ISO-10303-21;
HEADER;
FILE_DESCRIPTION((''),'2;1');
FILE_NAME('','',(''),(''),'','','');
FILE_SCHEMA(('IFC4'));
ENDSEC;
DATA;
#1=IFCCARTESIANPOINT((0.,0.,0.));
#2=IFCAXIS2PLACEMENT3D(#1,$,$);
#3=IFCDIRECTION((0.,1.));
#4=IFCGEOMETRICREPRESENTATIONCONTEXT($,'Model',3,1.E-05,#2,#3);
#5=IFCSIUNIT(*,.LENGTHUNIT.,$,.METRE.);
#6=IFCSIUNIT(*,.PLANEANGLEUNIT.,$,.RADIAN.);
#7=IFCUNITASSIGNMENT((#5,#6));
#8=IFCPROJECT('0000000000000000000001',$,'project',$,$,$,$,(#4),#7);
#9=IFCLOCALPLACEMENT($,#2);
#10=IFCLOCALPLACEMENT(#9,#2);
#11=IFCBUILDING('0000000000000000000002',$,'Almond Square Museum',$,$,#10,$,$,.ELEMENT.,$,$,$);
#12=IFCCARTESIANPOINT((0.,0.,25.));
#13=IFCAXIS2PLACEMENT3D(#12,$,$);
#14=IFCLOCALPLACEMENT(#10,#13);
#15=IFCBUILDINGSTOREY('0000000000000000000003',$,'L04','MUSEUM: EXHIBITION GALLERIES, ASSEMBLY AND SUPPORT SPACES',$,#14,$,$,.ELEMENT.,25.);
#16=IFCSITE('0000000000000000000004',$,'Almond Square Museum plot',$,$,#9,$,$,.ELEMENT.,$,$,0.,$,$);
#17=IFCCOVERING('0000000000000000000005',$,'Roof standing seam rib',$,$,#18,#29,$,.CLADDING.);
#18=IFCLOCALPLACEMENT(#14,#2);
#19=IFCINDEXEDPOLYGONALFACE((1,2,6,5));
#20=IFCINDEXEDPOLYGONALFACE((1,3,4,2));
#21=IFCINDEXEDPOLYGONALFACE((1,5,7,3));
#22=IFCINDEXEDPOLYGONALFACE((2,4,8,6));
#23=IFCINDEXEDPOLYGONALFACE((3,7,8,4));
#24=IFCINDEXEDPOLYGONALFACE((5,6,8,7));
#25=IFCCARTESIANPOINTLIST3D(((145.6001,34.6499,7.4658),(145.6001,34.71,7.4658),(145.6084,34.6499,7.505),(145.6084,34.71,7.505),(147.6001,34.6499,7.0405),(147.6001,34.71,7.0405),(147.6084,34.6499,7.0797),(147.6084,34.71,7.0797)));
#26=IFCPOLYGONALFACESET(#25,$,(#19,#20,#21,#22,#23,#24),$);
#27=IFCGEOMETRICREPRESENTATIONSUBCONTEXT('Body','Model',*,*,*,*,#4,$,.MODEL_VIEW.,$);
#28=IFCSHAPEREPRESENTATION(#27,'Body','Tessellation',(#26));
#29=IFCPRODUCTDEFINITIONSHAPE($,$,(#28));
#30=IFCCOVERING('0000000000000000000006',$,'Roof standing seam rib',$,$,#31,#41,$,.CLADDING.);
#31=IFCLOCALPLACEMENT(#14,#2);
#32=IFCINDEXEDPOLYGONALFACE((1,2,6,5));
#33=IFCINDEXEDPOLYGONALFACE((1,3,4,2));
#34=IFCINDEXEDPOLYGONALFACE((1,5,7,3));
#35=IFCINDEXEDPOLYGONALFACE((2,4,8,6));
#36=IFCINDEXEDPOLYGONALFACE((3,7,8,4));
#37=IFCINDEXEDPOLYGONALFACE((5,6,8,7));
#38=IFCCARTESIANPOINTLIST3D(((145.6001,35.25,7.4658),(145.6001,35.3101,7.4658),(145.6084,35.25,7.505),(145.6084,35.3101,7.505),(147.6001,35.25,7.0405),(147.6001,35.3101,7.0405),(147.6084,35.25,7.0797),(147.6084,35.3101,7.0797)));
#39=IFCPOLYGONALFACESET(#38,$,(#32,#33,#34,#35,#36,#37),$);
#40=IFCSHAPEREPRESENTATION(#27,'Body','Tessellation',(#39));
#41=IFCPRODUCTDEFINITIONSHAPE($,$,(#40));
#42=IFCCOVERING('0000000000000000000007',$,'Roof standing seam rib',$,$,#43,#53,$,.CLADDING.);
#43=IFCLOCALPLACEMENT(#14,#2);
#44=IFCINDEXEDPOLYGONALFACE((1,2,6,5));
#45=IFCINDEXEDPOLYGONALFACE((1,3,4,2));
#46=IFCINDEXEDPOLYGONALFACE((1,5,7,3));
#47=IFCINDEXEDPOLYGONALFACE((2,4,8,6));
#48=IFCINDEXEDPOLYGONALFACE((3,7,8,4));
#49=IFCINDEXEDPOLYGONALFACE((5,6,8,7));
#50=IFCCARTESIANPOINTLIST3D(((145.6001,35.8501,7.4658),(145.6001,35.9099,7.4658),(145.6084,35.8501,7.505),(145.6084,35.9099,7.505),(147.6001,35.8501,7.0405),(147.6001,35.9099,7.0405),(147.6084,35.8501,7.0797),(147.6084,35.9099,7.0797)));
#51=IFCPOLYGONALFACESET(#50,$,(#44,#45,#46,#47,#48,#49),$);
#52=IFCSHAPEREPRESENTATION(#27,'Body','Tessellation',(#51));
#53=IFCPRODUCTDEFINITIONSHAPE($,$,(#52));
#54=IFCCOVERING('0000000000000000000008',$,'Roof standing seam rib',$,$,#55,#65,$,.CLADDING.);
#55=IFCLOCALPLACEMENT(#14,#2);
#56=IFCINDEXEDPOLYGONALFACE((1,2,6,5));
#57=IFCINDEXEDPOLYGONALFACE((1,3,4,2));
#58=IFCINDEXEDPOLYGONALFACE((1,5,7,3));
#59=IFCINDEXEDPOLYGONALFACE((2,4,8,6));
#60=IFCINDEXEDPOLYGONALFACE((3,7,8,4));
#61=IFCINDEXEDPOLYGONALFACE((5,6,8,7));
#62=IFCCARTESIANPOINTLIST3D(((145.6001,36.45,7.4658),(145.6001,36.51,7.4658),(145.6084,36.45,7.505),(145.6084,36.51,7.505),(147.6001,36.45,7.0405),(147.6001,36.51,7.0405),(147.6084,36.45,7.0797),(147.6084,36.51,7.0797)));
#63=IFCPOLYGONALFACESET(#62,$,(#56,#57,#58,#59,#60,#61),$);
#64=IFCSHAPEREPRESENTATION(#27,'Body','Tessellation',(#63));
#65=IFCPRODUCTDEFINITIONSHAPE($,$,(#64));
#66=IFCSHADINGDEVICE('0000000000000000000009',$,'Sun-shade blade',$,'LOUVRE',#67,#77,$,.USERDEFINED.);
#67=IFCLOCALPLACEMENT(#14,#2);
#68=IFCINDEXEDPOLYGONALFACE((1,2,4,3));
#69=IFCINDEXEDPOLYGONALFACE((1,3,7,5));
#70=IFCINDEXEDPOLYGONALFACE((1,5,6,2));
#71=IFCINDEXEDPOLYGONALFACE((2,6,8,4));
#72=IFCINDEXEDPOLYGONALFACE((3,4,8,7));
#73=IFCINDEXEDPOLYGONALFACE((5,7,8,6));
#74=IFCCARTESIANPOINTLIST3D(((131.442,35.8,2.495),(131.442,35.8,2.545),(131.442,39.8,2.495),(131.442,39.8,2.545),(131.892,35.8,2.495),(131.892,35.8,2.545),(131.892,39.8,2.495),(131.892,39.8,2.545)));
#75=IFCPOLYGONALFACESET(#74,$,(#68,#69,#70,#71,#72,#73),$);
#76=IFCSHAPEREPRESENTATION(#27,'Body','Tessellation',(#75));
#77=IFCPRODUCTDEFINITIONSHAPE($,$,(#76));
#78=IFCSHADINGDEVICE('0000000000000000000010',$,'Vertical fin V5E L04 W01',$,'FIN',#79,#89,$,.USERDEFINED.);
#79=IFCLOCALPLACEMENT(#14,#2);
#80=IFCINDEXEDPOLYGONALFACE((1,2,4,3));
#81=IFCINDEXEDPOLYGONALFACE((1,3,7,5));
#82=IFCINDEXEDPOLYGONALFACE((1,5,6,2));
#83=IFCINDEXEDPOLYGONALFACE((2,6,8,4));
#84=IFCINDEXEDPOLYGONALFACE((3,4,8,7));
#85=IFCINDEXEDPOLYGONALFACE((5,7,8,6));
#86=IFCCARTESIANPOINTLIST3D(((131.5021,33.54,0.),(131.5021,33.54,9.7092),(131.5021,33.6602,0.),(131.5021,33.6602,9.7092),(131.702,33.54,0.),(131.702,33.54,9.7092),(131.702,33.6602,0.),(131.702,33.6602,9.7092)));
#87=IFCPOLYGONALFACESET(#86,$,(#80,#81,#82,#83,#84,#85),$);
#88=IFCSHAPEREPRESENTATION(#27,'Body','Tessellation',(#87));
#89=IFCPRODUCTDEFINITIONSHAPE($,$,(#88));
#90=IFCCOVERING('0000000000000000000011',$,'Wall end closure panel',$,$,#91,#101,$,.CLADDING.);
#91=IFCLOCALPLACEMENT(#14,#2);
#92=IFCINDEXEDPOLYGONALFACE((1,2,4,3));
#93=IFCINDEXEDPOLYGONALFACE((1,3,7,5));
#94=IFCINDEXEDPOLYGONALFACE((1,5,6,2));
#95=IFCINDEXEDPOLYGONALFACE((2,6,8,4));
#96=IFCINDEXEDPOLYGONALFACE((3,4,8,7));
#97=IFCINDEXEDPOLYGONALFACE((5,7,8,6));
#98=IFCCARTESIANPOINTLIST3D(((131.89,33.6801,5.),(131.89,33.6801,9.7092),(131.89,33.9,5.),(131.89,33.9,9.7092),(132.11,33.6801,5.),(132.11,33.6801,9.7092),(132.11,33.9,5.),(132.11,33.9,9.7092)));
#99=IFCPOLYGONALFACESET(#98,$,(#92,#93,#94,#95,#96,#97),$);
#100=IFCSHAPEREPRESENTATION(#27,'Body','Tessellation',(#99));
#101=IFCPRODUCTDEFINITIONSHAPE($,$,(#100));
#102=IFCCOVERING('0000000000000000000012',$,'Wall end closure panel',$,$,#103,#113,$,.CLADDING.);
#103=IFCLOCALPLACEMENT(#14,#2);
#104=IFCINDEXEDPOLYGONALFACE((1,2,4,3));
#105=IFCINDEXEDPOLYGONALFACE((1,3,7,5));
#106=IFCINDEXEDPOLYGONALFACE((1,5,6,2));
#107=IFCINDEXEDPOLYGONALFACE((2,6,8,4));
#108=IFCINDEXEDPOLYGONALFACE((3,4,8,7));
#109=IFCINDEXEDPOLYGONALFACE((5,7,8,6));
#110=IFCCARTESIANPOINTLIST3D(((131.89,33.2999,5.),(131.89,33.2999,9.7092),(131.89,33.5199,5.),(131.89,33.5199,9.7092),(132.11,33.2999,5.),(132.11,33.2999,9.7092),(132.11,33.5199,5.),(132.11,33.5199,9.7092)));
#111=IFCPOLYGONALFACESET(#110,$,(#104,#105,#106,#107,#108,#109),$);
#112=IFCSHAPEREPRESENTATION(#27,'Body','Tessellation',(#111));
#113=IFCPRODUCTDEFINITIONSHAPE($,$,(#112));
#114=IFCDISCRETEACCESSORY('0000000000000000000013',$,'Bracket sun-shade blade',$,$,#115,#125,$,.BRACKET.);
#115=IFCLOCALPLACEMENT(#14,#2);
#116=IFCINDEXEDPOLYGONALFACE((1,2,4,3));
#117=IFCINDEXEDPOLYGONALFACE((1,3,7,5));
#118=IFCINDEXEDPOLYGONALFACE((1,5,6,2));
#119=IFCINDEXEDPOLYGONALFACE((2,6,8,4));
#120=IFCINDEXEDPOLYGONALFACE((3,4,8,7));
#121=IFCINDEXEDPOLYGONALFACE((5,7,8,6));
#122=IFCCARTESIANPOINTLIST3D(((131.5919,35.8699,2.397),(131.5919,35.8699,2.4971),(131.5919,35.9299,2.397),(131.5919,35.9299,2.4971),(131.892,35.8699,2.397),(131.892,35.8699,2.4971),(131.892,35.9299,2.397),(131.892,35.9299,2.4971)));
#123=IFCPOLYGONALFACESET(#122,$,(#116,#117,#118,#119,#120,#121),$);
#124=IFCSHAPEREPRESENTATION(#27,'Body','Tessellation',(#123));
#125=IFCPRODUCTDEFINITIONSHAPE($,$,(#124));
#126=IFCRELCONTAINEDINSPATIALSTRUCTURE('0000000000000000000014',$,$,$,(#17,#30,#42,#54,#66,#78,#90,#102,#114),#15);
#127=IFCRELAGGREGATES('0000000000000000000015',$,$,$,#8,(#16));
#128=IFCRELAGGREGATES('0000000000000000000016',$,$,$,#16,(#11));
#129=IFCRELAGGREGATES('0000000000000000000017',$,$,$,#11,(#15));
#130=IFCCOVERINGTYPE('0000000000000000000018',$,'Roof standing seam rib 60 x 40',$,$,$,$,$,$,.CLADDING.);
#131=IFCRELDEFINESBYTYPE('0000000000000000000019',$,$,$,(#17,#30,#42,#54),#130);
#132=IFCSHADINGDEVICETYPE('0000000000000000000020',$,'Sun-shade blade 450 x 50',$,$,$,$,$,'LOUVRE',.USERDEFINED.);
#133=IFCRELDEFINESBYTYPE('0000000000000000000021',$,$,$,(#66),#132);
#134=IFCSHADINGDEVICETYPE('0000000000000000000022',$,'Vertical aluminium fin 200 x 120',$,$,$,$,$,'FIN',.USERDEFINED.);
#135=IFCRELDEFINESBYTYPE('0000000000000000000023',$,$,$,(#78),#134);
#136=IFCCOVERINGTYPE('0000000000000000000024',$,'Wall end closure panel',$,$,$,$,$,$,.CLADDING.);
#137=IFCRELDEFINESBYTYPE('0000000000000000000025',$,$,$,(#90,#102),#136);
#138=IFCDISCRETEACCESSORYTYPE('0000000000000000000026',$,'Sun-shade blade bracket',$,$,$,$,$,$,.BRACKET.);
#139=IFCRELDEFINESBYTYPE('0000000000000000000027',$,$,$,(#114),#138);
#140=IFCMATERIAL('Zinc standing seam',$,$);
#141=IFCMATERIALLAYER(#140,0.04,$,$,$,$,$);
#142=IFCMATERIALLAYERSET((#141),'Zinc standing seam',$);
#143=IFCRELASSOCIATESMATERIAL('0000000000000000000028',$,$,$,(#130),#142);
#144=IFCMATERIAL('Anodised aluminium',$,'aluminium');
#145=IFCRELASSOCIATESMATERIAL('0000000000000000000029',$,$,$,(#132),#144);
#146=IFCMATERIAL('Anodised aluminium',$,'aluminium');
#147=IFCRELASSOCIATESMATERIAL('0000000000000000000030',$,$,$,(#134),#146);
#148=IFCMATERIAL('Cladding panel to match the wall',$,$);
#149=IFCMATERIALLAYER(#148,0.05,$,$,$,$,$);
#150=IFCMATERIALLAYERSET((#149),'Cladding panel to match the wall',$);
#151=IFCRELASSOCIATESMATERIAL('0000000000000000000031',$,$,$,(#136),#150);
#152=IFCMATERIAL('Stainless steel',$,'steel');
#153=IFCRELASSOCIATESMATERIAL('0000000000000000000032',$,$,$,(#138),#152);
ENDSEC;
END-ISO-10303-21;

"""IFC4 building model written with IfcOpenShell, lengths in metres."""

from ifc_helpers import new_model, si_unit, direction, frame, origin, origin_2d, place, context, subcontext, project, spatial, polyline, rectangle, outline, extrude, material, layer, layer_set, material_profile, profile_set, type_object, element, save


model = new_model("IFC4")

# Units and contexts
model_context = context("Model", 3, precision=1e-05, world=origin(), true_north=direction((0.0, 1.0)))
body_context = subcontext(model_context, "Body", "Model", "MODEL_VIEW")
ifc_project = project(units=[si_unit("LENGTHUNIT", "METRE"), si_unit("PLANEANGLEUNIT", "RADIAN")], contexts=[model_context])

# Site, building, storey
site_placement = place(None, origin())
site = spatial("IfcSite", under=ifc_project, at=site_placement, Name="Almond Square Museum plot", CompositionType="ELEMENT", RefElevation=0.0)
building_placement = place(site_placement, origin())
building = spatial("IfcBuilding", under=site, at=building_placement, Name="Almond Square Museum", CompositionType="ELEMENT")
storey_placement = place(building_placement, frame((0.0, 0.0, 25.0)))
storey = spatial("IfcBuildingStorey", under=building, at=storey_placement, Name="L04", Description="MUSEUM: EXHIBITION GALLERIES, ASSEMBLY AND SUPPORT SPACES", CompositionType="ELEMENT", Elevation=25.0)

# Coverings
ifc_material_1 = material(Name="Zinc standing seam")
ifc_layer_1 = layer(ifc_material_1, 0.04)
ifc_layer_set_1 = layer_set([ifc_layer_1], Name="Zinc standing seam")
covering_type_1 = type_object("IfcCoveringType", Name="Roof standing seam rib 60 x 40", PredefinedType="CLADDING", material=ifc_layer_set_1)
for number, where, z_axis, x_axis, name in (
    (1, (147.6001, 34.6499, 7.0405), (0.207996, 0.0, 0.97813), (0.0, 1.0, 0.0), "Roof standing seam rib"),
    (2, (147.6001, 35.25, 7.0405), (0.207996, 0.0, 0.97813), (0.0, 1.0, 0.0), "Roof standing seam rib"),
):
    element("IfcCovering", number, at=place(storey_placement, frame(where, z_axis=z_axis, x_axis=x_axis)), inside=storey, type_object=covering_type_1, Name=name, PredefinedType="CLADDING", context=body_context, shape_type="SweptSolid", body=[
        extrude(outline(polyline([(0.0, 0.0), (0.0601, 0.0), (0.0601, 2.0447), (0.0, 2.0447), (0.0, 0.0)])), origin(), (0.0, 0.0, 1.0), 0.04),
    ])
covering_1_placement = place(storey_placement, frame((147.6001, 35.8501, 7.0405), z_axis=(0.207996, 0.0, 0.97813), x_axis=(0.0, 1.0, 0.0)))
element("IfcCovering", 3, at=covering_1_placement, inside=storey, type_object=covering_type_1, Name="Roof standing seam rib", PredefinedType="CLADDING", context=body_context, shape_type="SweptSolid", body=[
    extrude(outline(polyline([(0.0, 0.0), (0.0598, 0.0), (0.0598, 2.0447), (0.0, 2.0447), (0.0, 0.0)])), origin(), (0.0, 0.0, 1.0), 0.04),
])
covering_2_placement = place(storey_placement, frame((147.6001, 36.45, 7.0405), z_axis=(0.207996, 0.0, 0.97813), x_axis=(0.0, 1.0, 0.0)))
element("IfcCovering", 4, at=covering_2_placement, inside=storey, type_object=covering_type_1, Name="Roof standing seam rib", PredefinedType="CLADDING", context=body_context, shape_type="SweptSolid", body=[
    extrude(outline(polyline([(0.0, 0.0), (0.0601, 0.0), (0.0601, 2.0447), (0.0, 2.0447), (0.0, 0.0)])), origin(), (0.0, 0.0, 1.0), 0.04),
])

# Shading devices
ifc_material_2 = material(Name="Anodised aluminium", Category="aluminium")
ifc_material_profile_1 = material_profile(ifc_material_2, rectangle(XDim=0.45, YDim=0.05, at=origin_2d()))
ifc_profile_set_1 = profile_set([ifc_material_profile_1], Name="Anodised aluminium")
shading_device_type_1 = type_object("IfcShadingDeviceType", Name="Sun-shade blade 450 x 50", ElementType="LOUVRE", PredefinedType="USERDEFINED", material=ifc_profile_set_1)
shading_device_1_placement = place(storey_placement, frame((131.667, 35.8, 2.52), z_axis=(0.0, 1.0, 0.0), x_axis=(-1.0, 0.0, 0.0)))
element("IfcShadingDevice", 5, at=shading_device_1_placement, inside=storey, type_object=shading_device_type_1, Name="Sun-shade blade", ObjectType="LOUVRE", PredefinedType="USERDEFINED", context=body_context, shape_type="SweptSolid", body=[
    extrude(rectangle(XDim=0.45, YDim=0.05, at=origin_2d()), origin(), (0.0, 0.0, 1.0), 4.0),
])
ifc_material_3 = material(Name="Anodised aluminium", Category="aluminium")
ifc_material_profile_2 = material_profile(ifc_material_3, rectangle(XDim=0.2, YDim=0.1201, at=origin_2d()))
ifc_profile_set_2 = profile_set([ifc_material_profile_2], Name="Anodised aluminium")
shading_device_type_2 = type_object("IfcShadingDeviceType", Name="Vertical aluminium fin 200 x 120", ElementType="FIN", PredefinedType="USERDEFINED", material=ifc_profile_set_2)
shading_device_2_placement = place(storey_placement, frame((131.6021, 33.6001, 0.0), z_axis=(0.0, 0.0, 1.0), x_axis=(-1.0, 0.0, 0.0)))
element("IfcShadingDevice", 6, at=shading_device_2_placement, inside=storey, type_object=shading_device_type_2, Name="Vertical fin V5E L04 W01", ObjectType="FIN", PredefinedType="USERDEFINED", context=body_context, shape_type="SweptSolid", body=[
    extrude(rectangle(XDim=0.2, YDim=0.1201, at=origin_2d()), origin(), (0.0, 0.0, 1.0), 9.7092),
])

# Coverings
ifc_material_4 = material(Name="Cladding panel to match the wall")
ifc_layer_2 = layer(ifc_material_4, 0.05)
ifc_layer_set_2 = layer_set([ifc_layer_2], Name="Cladding panel to match the wall")
covering_type_2 = type_object("IfcCoveringType", Name="Wall end closure panel", PredefinedType="CLADDING", material=ifc_layer_set_2)
for number, where, z_axis, x_axis, name in (
    (7, (132.0, 33.79, 5.0), (0.0, 0.0, 1.0), (1.0, 0.0, 0.0), "Wall end closure panel"),
    (8, (132.0, 33.4099, 5.0), (0.0, 0.0, 1.0), (1.0, 0.0, 0.0), "Wall end closure panel"),
):
    element("IfcCovering", number, at=place(storey_placement, frame(where, z_axis=z_axis, x_axis=x_axis)), inside=storey, type_object=covering_type_2, Name=name, PredefinedType="CLADDING", context=body_context, shape_type="SweptSolid", body=[
        extrude(rectangle(XDim=0.22, YDim=0.22, at=origin_2d()), origin(), (0.0, 0.0, 1.0), 4.7092),
    ])

# Discrete accessory
ifc_material_5 = material(Name="Stainless steel", Category="steel")
discrete_accessory_type = type_object("IfcDiscreteAccessoryType", Name="Sun-shade blade bracket", PredefinedType="BRACKET", material=ifc_material_5)
discrete_accessory_placement = place(storey_placement, frame((131.7419, 35.8999, 2.397), z_axis=(0.0, 0.0, 1.0), x_axis=(1.0, 0.0, 0.0)))
element("IfcDiscreteAccessory", 9, at=discrete_accessory_placement, inside=storey, type_object=discrete_accessory_type, Name="Bracket sun-shade blade", PredefinedType="BRACKET", context=body_context, shape_type="SweptSolid", body=[
    extrude(rectangle(XDim=0.3, YDim=0.0601, at=origin_2d()), origin(), (0.0, 0.0, 1.0), 0.1001),
])

save(model, "model.ifc")
